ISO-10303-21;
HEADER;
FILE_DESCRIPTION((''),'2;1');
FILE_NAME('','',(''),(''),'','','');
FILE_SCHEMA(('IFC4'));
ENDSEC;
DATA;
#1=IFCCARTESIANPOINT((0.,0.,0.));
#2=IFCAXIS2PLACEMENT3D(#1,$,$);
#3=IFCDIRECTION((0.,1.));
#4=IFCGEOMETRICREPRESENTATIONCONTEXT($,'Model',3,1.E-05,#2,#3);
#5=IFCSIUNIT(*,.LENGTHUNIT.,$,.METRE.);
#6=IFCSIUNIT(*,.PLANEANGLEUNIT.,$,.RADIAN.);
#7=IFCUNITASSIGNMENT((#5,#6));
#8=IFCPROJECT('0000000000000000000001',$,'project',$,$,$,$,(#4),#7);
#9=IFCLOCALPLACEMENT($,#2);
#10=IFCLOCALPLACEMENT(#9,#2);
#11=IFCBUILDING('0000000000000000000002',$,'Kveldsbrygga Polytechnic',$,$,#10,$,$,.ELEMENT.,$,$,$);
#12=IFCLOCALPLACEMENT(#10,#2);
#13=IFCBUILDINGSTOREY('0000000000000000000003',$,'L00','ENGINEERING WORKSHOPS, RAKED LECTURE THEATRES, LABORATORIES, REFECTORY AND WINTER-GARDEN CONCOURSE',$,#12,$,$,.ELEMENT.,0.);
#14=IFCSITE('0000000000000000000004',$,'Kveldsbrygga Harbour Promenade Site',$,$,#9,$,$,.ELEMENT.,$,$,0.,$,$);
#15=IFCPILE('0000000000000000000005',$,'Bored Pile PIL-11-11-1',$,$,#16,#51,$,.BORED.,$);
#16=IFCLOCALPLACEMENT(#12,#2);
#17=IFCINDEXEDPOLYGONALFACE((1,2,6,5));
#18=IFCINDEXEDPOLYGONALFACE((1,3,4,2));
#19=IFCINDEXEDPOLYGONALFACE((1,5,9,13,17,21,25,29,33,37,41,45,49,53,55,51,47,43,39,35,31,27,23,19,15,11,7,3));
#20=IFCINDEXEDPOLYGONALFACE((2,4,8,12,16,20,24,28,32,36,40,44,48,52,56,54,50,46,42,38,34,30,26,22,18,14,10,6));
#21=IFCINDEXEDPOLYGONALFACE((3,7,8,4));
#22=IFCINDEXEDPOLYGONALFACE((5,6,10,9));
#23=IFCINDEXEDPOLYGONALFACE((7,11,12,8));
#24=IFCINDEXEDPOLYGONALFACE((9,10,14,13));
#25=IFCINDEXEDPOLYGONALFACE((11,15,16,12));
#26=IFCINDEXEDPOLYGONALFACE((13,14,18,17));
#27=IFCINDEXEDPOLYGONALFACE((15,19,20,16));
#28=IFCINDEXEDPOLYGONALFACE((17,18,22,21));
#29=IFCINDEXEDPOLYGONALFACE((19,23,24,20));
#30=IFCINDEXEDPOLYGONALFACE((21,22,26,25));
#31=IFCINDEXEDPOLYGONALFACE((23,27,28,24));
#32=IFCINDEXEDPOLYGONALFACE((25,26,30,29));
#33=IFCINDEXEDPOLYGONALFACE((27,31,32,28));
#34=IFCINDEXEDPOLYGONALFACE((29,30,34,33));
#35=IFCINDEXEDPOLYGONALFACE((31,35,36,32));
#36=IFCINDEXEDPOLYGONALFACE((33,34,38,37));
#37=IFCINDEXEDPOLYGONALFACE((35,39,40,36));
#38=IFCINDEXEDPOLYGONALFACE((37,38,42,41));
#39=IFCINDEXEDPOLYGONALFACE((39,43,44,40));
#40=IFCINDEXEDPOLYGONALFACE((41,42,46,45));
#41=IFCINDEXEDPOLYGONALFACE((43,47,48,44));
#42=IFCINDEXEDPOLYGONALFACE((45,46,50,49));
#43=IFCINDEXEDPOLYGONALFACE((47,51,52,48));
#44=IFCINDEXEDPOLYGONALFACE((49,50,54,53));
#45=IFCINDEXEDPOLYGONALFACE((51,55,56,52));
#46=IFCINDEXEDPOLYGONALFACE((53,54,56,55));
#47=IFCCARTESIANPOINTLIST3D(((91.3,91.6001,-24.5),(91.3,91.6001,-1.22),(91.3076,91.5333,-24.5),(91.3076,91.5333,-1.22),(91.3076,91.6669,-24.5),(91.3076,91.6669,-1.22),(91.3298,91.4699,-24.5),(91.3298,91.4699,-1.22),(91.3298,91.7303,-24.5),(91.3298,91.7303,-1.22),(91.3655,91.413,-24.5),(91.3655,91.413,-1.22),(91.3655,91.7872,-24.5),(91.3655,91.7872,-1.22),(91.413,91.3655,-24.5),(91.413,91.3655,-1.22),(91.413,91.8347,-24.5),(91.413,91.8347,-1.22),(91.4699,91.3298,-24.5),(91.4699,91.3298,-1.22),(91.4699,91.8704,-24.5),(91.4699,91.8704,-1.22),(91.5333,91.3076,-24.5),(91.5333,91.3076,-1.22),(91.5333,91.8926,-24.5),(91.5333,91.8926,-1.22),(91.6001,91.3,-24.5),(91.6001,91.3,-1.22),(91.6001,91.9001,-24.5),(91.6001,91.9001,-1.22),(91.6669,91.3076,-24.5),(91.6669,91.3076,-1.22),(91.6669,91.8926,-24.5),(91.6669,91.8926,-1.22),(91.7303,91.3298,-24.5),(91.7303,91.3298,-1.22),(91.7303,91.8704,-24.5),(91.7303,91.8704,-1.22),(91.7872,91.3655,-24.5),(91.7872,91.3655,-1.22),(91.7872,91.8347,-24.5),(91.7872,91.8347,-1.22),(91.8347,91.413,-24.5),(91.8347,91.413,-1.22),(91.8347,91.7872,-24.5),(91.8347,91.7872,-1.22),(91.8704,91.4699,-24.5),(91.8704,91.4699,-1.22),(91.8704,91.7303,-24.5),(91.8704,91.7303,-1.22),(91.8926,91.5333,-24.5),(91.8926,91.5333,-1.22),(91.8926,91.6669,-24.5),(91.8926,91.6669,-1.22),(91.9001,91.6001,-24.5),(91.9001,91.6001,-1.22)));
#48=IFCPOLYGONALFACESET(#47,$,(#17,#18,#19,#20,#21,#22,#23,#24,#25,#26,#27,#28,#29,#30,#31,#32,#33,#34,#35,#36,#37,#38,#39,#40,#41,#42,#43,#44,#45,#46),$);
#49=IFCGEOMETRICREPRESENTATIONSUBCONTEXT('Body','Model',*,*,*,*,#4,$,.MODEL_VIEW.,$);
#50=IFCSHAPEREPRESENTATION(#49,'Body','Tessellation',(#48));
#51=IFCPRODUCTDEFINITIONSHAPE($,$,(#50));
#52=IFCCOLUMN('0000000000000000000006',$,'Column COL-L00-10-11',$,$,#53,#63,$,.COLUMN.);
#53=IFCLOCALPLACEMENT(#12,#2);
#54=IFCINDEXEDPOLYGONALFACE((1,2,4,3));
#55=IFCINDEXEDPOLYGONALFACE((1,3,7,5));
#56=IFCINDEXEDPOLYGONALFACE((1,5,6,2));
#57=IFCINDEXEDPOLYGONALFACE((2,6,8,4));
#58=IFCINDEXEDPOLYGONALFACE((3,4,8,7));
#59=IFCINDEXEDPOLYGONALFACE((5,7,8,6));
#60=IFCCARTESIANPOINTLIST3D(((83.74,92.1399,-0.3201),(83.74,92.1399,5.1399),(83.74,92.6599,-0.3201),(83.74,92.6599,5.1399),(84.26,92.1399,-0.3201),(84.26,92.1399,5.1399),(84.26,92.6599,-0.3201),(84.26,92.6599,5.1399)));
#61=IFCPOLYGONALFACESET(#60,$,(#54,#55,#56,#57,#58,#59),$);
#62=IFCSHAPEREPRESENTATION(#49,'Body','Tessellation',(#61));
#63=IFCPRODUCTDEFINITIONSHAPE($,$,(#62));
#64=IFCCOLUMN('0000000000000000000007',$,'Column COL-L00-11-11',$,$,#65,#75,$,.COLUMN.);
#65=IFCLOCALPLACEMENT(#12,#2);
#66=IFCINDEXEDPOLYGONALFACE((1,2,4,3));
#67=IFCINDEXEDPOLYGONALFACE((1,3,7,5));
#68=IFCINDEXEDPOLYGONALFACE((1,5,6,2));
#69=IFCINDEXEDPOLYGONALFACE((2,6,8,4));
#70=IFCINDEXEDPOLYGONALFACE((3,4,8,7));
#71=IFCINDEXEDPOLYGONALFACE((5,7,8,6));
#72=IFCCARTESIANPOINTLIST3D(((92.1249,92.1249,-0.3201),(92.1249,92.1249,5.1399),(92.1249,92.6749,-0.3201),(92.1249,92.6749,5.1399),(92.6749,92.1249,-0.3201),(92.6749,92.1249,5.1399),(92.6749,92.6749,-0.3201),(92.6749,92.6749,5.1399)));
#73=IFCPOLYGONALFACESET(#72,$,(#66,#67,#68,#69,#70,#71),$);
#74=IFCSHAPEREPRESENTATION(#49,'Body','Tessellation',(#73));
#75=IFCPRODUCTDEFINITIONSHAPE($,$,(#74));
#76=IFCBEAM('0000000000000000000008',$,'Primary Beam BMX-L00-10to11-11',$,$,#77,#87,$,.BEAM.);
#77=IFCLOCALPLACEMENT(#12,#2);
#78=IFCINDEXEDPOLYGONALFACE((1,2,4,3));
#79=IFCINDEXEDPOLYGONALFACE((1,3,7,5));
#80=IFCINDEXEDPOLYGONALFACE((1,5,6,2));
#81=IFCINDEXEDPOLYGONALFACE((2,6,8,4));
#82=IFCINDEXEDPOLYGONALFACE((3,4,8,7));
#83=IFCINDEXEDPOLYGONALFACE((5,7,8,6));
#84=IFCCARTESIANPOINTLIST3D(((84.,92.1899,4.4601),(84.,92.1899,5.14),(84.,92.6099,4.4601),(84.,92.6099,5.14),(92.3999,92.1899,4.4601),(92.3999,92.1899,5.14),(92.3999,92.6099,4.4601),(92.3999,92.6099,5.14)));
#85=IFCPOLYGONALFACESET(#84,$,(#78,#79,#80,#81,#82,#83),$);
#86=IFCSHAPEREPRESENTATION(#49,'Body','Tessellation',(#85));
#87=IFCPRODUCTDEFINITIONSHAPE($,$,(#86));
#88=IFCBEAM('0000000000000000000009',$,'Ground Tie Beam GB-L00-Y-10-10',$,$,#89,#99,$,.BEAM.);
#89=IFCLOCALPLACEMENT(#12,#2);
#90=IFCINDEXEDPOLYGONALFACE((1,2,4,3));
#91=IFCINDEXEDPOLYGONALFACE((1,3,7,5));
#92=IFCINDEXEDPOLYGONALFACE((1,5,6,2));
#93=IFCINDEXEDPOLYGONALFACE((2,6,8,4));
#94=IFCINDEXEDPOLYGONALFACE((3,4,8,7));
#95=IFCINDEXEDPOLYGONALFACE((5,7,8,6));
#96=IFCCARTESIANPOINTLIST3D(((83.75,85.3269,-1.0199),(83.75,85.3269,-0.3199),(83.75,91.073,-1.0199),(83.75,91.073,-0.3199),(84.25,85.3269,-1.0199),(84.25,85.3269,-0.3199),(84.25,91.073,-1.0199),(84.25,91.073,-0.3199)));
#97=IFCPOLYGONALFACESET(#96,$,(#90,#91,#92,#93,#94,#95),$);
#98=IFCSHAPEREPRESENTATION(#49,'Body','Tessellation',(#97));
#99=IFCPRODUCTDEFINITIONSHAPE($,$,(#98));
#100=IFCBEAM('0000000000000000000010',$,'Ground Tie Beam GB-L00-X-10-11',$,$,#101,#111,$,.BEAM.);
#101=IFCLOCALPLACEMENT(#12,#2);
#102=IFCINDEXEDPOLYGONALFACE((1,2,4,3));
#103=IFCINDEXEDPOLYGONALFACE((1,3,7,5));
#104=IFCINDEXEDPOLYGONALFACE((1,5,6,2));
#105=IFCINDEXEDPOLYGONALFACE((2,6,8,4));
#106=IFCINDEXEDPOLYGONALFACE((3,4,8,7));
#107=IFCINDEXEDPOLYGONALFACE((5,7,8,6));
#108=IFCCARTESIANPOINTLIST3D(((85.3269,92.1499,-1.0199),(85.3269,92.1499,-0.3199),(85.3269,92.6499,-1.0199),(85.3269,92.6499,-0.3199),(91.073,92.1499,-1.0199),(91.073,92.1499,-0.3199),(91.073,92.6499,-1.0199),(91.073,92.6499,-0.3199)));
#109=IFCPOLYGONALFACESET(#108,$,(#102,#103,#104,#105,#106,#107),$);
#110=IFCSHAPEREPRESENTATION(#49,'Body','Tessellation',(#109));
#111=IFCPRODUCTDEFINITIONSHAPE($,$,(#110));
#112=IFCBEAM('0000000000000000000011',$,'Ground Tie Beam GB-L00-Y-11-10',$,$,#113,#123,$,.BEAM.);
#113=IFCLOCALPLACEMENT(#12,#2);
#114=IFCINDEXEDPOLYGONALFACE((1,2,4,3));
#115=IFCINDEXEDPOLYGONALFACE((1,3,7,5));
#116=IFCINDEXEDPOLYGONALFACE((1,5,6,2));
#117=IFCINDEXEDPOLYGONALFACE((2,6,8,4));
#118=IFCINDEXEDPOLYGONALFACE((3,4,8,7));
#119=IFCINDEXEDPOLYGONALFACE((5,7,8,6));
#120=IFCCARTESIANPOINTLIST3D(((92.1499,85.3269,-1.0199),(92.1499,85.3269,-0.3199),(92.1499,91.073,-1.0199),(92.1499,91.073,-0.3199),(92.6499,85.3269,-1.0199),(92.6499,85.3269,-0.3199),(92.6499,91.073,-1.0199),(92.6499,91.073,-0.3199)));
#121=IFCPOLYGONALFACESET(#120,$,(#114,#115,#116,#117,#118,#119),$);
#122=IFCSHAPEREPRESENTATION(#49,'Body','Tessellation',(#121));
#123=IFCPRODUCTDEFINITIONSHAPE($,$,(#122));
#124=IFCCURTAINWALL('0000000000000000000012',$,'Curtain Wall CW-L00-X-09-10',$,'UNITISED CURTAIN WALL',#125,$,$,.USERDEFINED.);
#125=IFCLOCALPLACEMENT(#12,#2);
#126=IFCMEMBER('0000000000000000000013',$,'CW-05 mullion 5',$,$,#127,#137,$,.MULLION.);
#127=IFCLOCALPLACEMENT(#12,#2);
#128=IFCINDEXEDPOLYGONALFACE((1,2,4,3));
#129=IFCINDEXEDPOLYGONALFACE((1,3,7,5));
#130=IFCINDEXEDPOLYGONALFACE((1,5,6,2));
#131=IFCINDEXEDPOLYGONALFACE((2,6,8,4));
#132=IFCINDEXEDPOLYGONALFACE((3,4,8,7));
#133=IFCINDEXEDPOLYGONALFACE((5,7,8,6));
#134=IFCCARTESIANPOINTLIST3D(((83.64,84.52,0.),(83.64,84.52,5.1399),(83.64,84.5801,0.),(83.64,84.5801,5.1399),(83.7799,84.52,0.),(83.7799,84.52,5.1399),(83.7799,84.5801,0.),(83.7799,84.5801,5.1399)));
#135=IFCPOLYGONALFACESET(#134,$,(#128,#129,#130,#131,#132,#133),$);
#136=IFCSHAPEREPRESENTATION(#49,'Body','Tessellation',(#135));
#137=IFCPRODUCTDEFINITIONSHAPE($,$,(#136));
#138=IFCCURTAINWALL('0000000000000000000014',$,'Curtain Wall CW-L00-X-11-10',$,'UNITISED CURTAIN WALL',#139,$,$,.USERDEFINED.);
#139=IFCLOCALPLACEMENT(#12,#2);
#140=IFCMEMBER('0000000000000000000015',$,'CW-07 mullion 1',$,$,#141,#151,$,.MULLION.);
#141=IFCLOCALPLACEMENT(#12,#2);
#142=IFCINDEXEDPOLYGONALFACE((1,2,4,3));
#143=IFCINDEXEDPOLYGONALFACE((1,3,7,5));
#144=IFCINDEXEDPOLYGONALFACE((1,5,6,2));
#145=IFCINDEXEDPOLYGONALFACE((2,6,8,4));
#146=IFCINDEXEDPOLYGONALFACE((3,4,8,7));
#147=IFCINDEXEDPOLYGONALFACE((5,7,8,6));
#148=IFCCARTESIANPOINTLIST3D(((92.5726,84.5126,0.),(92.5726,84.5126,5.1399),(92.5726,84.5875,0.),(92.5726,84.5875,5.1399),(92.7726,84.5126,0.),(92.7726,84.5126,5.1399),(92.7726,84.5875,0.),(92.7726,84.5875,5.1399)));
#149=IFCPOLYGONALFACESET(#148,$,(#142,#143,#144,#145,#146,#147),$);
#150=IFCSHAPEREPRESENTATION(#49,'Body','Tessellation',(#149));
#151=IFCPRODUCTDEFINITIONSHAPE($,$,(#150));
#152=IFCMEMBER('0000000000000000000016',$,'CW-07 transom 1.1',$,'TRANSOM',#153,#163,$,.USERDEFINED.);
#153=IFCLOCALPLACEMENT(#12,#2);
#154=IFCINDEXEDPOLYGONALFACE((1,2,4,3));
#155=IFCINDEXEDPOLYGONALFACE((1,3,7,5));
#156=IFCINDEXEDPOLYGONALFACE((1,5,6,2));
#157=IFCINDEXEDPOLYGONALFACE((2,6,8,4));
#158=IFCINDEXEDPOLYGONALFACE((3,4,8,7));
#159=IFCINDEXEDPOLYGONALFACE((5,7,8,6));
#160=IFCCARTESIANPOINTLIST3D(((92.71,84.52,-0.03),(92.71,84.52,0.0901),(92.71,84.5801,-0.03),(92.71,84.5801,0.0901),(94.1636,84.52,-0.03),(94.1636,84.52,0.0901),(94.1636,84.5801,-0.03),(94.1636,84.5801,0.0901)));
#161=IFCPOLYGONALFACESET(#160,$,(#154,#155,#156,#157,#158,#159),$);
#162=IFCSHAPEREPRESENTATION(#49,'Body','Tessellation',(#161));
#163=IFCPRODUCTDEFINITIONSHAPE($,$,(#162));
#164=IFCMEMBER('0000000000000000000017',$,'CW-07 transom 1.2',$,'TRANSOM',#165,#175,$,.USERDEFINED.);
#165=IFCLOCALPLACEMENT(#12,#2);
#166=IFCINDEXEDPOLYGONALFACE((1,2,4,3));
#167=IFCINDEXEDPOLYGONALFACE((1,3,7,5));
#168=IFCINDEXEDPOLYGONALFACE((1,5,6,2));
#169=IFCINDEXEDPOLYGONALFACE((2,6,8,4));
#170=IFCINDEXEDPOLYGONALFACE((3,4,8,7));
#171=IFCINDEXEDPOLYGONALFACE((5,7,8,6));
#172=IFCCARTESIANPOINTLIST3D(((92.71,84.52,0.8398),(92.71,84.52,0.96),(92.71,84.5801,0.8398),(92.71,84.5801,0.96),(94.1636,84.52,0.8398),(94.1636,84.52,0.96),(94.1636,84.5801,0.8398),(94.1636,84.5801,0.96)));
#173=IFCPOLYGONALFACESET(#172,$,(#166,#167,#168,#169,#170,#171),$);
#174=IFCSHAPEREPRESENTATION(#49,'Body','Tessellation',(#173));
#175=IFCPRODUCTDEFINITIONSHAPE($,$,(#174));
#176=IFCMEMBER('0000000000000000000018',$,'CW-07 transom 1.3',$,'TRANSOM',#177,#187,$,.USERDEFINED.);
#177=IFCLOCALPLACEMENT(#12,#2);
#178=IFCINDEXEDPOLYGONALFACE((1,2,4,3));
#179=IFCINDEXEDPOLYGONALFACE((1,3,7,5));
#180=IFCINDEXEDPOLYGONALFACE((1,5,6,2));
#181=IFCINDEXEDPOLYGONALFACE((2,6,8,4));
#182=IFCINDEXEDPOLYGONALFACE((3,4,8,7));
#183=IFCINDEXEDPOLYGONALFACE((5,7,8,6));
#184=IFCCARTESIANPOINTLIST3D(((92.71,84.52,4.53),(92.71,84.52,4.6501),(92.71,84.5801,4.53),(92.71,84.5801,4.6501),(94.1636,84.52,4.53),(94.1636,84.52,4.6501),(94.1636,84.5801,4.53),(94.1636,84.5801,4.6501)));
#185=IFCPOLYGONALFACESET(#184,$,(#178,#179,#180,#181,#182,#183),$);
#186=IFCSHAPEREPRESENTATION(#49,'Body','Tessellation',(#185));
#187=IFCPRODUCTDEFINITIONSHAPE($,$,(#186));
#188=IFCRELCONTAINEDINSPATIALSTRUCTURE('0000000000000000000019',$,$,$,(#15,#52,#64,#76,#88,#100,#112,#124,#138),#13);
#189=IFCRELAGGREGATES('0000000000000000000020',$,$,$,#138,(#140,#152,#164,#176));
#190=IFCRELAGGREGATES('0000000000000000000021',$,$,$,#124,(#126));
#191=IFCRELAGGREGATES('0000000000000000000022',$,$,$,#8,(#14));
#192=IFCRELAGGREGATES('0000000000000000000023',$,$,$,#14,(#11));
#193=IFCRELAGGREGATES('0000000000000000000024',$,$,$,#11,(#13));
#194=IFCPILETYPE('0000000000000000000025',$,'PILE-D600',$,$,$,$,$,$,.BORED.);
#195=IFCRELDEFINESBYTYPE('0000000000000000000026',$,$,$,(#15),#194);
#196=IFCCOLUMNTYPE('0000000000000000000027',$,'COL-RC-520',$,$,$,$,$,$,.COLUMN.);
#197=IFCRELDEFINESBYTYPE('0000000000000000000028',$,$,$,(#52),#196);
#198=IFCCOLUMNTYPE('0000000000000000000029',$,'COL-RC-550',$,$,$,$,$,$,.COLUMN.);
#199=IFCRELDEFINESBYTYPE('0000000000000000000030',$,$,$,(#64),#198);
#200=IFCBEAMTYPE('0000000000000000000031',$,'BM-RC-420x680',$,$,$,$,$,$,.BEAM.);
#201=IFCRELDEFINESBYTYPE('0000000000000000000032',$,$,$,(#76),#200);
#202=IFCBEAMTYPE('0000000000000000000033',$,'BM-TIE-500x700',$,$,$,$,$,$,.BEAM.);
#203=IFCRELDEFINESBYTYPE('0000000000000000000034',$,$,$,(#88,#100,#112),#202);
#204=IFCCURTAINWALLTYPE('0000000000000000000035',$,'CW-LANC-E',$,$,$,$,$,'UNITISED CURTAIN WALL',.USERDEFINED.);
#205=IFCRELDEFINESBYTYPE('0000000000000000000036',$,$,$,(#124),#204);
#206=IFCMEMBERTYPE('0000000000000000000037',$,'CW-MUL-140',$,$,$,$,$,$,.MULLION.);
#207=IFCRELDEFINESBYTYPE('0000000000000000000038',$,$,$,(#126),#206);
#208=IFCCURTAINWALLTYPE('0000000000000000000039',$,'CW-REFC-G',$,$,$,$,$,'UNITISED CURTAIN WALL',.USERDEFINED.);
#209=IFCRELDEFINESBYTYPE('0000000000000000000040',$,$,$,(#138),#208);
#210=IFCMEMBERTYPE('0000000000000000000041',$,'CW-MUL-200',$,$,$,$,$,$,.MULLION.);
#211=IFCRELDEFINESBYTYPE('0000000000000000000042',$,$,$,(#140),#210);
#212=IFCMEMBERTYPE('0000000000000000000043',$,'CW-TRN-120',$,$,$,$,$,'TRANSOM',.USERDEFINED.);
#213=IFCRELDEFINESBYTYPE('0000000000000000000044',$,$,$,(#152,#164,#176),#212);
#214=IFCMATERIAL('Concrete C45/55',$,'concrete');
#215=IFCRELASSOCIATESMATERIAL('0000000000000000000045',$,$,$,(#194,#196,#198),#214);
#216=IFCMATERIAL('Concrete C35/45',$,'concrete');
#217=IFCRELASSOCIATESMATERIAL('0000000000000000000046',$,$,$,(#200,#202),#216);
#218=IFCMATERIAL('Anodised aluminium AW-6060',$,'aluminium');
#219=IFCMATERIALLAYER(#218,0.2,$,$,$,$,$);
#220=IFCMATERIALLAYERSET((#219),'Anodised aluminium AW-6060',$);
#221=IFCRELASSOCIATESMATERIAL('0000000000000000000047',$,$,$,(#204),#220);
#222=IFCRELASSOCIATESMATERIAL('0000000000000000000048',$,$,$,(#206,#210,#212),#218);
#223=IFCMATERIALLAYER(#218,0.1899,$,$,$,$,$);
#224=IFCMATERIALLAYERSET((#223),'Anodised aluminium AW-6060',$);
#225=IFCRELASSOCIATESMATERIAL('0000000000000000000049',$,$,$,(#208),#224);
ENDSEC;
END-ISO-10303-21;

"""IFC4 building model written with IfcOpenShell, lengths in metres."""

from ifc_helpers import new_model, si_unit, direction, frame, origin, origin_2d, place, context, subcontext, project, spatial, rectangle, circle, extrude, material, layer, layer_set, material_profile, profile_set, type_object, element, aggregate, save


model = new_model("IFC4")

# Units and contexts
model_context = context("Model", 3, precision=1e-05, world=origin(), true_north=direction((0.0, 1.0)))
body_context = subcontext(model_context, "Body", "Model", "MODEL_VIEW")
ifc_project = project(units=[si_unit("LENGTHUNIT", "METRE"), si_unit("PLANEANGLEUNIT", "RADIAN")], contexts=[model_context])

# Site, building, storey
site_placement = place(None, origin())
site = spatial("IfcSite", under=ifc_project, at=site_placement, Name="Kveldsbrygga Harbour Promenade Site", CompositionType="ELEMENT", RefElevation=0.0)
building_placement = place(site_placement, origin())
building = spatial("IfcBuilding", under=site, at=building_placement, Name="Kveldsbrygga Polytechnic", CompositionType="ELEMENT")
storey_placement = place(building_placement, origin())
storey = spatial("IfcBuildingStorey", under=building, at=storey_placement, Name="L00", Description="ENGINEERING WORKSHOPS, RAKED LECTURE THEATRES, LABORATORIES, REFECTORY AND WINTER-GARDEN CONCOURSE", CompositionType="ELEMENT", Elevation=0.0)

# Shared definitions
ifc_material_1 = material(Name="Concrete C45/55", Category="concrete")

# Pile
ifc_material_profile_1 = material_profile(ifc_material_1, circle(Radius=0.3, at=origin_2d()), Name="PILE D600")
ifc_profile_set_1 = profile_set([ifc_material_profile_1], Name="Concrete C45/55")
pile_type = type_object("IfcPileType", Name="PILE-D600", PredefinedType="BORED", material=ifc_profile_set_1)
for number, where, z_axis, x_axis, name in (
    (1, (91.6001, 91.6001, -1.22), (0.0, 0.0, -1.0), (1.0, 0.0, 0.0), "Bored Pile PIL-11-11-1"),
):
    element("IfcPile", number, at=place(storey_placement, frame(where, z_axis=z_axis, x_axis=x_axis)), inside=storey, type_object=pile_type, Name=name, PredefinedType="BORED", context=body_context, shape_type="SweptSolid", body=[
        extrude(circle(Radius=0.3, at=origin_2d()), origin(), (0.0, 0.0, 1.0), 23.28),
    ])

# Columns
ifc_material_profile_2 = material_profile(ifc_material_1, rectangle(XDim=0.52, YDim=0.52, at=origin_2d()), Name="RC 520x520")
ifc_profile_set_2 = profile_set([ifc_material_profile_2], Name="Concrete C45/55")
column_type_1 = type_object("IfcColumnType", Name="COL-RC-520", PredefinedType="COLUMN", material=ifc_profile_set_2)
column_1_placement = place(storey_placement, frame((84.0, 92.3999, -0.3201), z_axis=(0.0, 0.0, 1.0), x_axis=(1.0, 0.0, 0.0)))
element("IfcColumn", 2, at=column_1_placement, inside=storey, type_object=column_type_1, Name="Column COL-L00-10-11", PredefinedType="COLUMN", context=body_context, shape_type="SweptSolid", body=[
    extrude(rectangle(XDim=0.52, YDim=0.52, at=origin_2d()), origin(), (0.0, 0.0, 1.0), 5.46),
])
ifc_material_profile_3 = material_profile(ifc_material_1, rectangle(XDim=0.55, YDim=0.55, at=origin_2d()), Name="RC 550x550")
ifc_profile_set_3 = profile_set([ifc_material_profile_3], Name="Concrete C45/55")
column_type_2 = type_object("IfcColumnType", Name="COL-RC-550", PredefinedType="COLUMN", material=ifc_profile_set_3)
column_2_placement = place(storey_placement, frame((92.3999, 92.3999, -0.3201), z_axis=(0.0, 0.0, 1.0), x_axis=(1.0, 0.0, 0.0)))
element("IfcColumn", 3, at=column_2_placement, inside=storey, type_object=column_type_2, Name="Column COL-L00-11-11", PredefinedType="COLUMN", context=body_context, shape_type="SweptSolid", body=[
    extrude(rectangle(XDim=0.55, YDim=0.55, at=origin_2d()), origin(), (0.0, 0.0, 1.0), 5.46),
])

# Beams
ifc_material_2 = material(Name="Concrete C35/45", Category="concrete")
ifc_material_profile_4 = material_profile(ifc_material_2, rectangle(XDim=0.4199, YDim=0.6799, at=origin_2d()), Name="RC 420x680")
ifc_profile_set_4 = profile_set([ifc_material_profile_4], Name="Concrete C35/45")
beam_type_1 = type_object("IfcBeamType", Name="BM-RC-420x680", PredefinedType="BEAM", material=ifc_profile_set_4)
beam_1_placement = place(storey_placement, frame((84.0, 92.3999, 4.8), z_axis=(1.0, 0.0, 0.0), x_axis=(0.0, 1.0, 0.0)))
element("IfcBeam", 4, at=beam_1_placement, inside=storey, type_object=beam_type_1, Name="Primary Beam BMX-L00-10to11-11", PredefinedType="BEAM", context=body_context, shape_type="SweptSolid", body=[
    extrude(rectangle(XDim=0.4199, YDim=0.6799, at=origin_2d()), origin(), (0.0, 0.0, 1.0), 8.3999),
])
ifc_material_profile_5 = material_profile(ifc_material_2, rectangle(XDim=0.5, YDim=0.7, at=origin_2d()), Name="RC 500x700")
ifc_profile_set_5 = profile_set([ifc_material_profile_5], Name="Concrete C35/45")
beam_type_2 = type_object("IfcBeamType", Name="BM-TIE-500x700", PredefinedType="BEAM", material=ifc_profile_set_5)
for number, where, z_axis, x_axis, name in (
    (5, (84.0, 85.3269, -0.6699), (0.0, 1.0, 0.0), (-1.0, 0.0, 0.0), "Ground Tie Beam GB-L00-Y-10-10"),
    (6, (85.3269, 92.3999, -0.6699), (1.0, 0.0, 0.0), (0.0, 1.0, 0.0), "Ground Tie Beam GB-L00-X-10-11"),
    (7, (92.3999, 85.3269, -0.6699), (0.0, 1.0, 0.0), (-1.0, 0.0, 0.0), "Ground Tie Beam GB-L00-Y-11-10"),
):
    element("IfcBeam", number, at=place(storey_placement, frame(where, z_axis=z_axis, x_axis=x_axis)), inside=storey, type_object=beam_type_2, Name=name, PredefinedType="BEAM", context=body_context, shape_type="SweptSolid", body=[
        extrude(rectangle(XDim=0.5, YDim=0.7, at=origin_2d()), origin(), (0.0, 0.0, 1.0), 5.7461),
    ])

# Curtain wall, member
ifc_material_3 = material(Name="Anodised aluminium AW-6060", Category="aluminium")
ifc_layer_1 = layer(ifc_material_3, 0.2)
ifc_layer_set_1 = layer_set([ifc_layer_1], Name="Anodised aluminium AW-6060")
curtain_wall_type_1 = type_object("IfcCurtainWallType", Name="CW-LANC-E", ElementType="UNITISED CURTAIN WALL", PredefinedType="USERDEFINED", material=ifc_layer_set_1)
curtain_wall_1_placement = place(storey_placement, origin())
curtain_wall_1 = element("IfcCurtainWall", 8, at=curtain_wall_1_placement, inside=storey, type_object=curtain_wall_type_1, Name="Curtain Wall CW-L00-X-09-10", ObjectType="UNITISED CURTAIN WALL", PredefinedType="USERDEFINED")
ifc_material_profile_6 = material_profile(ifc_material_3, rectangle(XDim=0.0601, YDim=0.1399, at=origin_2d()), Name="ALU 60x140")
ifc_profile_set_6 = profile_set([ifc_material_profile_6], Name="Anodised aluminium AW-6060")
member_type_1 = type_object("IfcMemberType", Name="CW-MUL-140", PredefinedType="MULLION", material=ifc_profile_set_6)
member_1_placement = place(storey_placement, frame((83.71, 84.55, 0.0), z_axis=(0.0, 0.0, 1.0), x_axis=(0.0, 1.0, 0.0)))
member_1 = element("IfcMember", 9, at=member_1_placement, type_object=member_type_1, Name="CW-05 mullion 5", PredefinedType="MULLION", context=body_context, shape_type="SweptSolid", body=[
    extrude(rectangle(XDim=0.0601, YDim=0.1399, at=origin_2d()), origin(), (0.0, 0.0, 1.0), 5.1399),
])

# Curtain wall, members
ifc_layer_2 = layer(ifc_material_3, 0.1899)
ifc_layer_set_2 = layer_set([ifc_layer_2], Name="Anodised aluminium AW-6060")
curtain_wall_type_2 = type_object("IfcCurtainWallType", Name="CW-REFC-G", ElementType="UNITISED CURTAIN WALL", PredefinedType="USERDEFINED", material=ifc_layer_set_2)
curtain_wall_2_placement = place(storey_placement, origin())
curtain_wall_2 = element("IfcCurtainWall", 10, at=curtain_wall_2_placement, inside=storey, type_object=curtain_wall_type_2, Name="Curtain Wall CW-L00-X-11-10", ObjectType="UNITISED CURTAIN WALL", PredefinedType="USERDEFINED")
ifc_material_profile_7 = material_profile(ifc_material_3, rectangle(XDim=0.075, YDim=0.2, at=origin_2d()), Name="ALU 75x200")
ifc_profile_set_7 = profile_set([ifc_material_profile_7], Name="Anodised aluminium AW-6060")
member_type_2 = type_object("IfcMemberType", Name="CW-MUL-200", PredefinedType="MULLION", material=ifc_profile_set_7)
member_2_placement = place(storey_placement, frame((92.6726, 84.55, 0.0), z_axis=(0.0, 0.0, 1.0), x_axis=(0.0, 1.0, 0.0)))
member_2 = element("IfcMember", 11, at=member_2_placement, type_object=member_type_2, Name="CW-07 mullion 1", PredefinedType="MULLION", context=body_context, shape_type="SweptSolid", body=[
    extrude(rectangle(XDim=0.075, YDim=0.2, at=origin_2d()), origin(), (0.0, 0.0, 1.0), 5.1399),
])
ifc_material_profile_8 = material_profile(ifc_material_3, rectangle(XDim=0.0601, YDim=0.1201, at=origin_2d()), Name="ALU 60x120")
ifc_profile_set_8 = profile_set([ifc_material_profile_8], Name="Anodised aluminium AW-6060")
member_type_3 = type_object("IfcMemberType", Name="CW-TRN-120", ElementType="TRANSOM", PredefinedType="USERDEFINED", material=ifc_profile_set_8)
member_3_placement = place(storey_placement, frame((92.71, 84.55, 0.03), z_axis=(1.0, 0.0, 0.0), x_axis=(0.0, 1.0, 0.0)))
member_3 = element("IfcMember", 12, at=member_3_placement, type_object=member_type_3, Name="CW-07 transom 1.1", ObjectType="TRANSOM", PredefinedType="USERDEFINED", context=body_context, shape_type="SweptSolid", body=[
    extrude(rectangle(XDim=0.0601, YDim=0.1201, at=origin_2d()), origin(), (0.0, 0.0, 1.0), 1.4536),
])
member_4_placement = place(storey_placement, frame((92.71, 84.55, 0.8999), z_axis=(1.0, 0.0, 0.0), x_axis=(0.0, 1.0, 0.0)))
member_4 = element("IfcMember", 13, at=member_4_placement, type_object=member_type_3, Name="CW-07 transom 1.2", ObjectType="TRANSOM", PredefinedType="USERDEFINED", context=body_context, shape_type="SweptSolid", body=[
    extrude(rectangle(XDim=0.0601, YDim=0.1201, at=origin_2d()), origin(), (0.0, 0.0, 1.0), 1.4536),
])
member_5_placement = place(storey_placement, frame((92.71, 84.55, 4.5901), z_axis=(1.0, 0.0, 0.0), x_axis=(0.0, 1.0, 0.0)))
member_5 = element("IfcMember", 14, at=member_5_placement, type_object=member_type_3, Name="CW-07 transom 1.3", ObjectType="TRANSOM", PredefinedType="USERDEFINED", context=body_context, shape_type="SweptSolid", body=[
    extrude(rectangle(XDim=0.0601, YDim=0.1201, at=origin_2d()), origin(), (0.0, 0.0, 1.0), 1.4536),
])
aggregate(curtain_wall_2, [member_2, member_3, member_4, member_5])

aggregate(curtain_wall_1, [member_1])

save(model, "model.ifc")
